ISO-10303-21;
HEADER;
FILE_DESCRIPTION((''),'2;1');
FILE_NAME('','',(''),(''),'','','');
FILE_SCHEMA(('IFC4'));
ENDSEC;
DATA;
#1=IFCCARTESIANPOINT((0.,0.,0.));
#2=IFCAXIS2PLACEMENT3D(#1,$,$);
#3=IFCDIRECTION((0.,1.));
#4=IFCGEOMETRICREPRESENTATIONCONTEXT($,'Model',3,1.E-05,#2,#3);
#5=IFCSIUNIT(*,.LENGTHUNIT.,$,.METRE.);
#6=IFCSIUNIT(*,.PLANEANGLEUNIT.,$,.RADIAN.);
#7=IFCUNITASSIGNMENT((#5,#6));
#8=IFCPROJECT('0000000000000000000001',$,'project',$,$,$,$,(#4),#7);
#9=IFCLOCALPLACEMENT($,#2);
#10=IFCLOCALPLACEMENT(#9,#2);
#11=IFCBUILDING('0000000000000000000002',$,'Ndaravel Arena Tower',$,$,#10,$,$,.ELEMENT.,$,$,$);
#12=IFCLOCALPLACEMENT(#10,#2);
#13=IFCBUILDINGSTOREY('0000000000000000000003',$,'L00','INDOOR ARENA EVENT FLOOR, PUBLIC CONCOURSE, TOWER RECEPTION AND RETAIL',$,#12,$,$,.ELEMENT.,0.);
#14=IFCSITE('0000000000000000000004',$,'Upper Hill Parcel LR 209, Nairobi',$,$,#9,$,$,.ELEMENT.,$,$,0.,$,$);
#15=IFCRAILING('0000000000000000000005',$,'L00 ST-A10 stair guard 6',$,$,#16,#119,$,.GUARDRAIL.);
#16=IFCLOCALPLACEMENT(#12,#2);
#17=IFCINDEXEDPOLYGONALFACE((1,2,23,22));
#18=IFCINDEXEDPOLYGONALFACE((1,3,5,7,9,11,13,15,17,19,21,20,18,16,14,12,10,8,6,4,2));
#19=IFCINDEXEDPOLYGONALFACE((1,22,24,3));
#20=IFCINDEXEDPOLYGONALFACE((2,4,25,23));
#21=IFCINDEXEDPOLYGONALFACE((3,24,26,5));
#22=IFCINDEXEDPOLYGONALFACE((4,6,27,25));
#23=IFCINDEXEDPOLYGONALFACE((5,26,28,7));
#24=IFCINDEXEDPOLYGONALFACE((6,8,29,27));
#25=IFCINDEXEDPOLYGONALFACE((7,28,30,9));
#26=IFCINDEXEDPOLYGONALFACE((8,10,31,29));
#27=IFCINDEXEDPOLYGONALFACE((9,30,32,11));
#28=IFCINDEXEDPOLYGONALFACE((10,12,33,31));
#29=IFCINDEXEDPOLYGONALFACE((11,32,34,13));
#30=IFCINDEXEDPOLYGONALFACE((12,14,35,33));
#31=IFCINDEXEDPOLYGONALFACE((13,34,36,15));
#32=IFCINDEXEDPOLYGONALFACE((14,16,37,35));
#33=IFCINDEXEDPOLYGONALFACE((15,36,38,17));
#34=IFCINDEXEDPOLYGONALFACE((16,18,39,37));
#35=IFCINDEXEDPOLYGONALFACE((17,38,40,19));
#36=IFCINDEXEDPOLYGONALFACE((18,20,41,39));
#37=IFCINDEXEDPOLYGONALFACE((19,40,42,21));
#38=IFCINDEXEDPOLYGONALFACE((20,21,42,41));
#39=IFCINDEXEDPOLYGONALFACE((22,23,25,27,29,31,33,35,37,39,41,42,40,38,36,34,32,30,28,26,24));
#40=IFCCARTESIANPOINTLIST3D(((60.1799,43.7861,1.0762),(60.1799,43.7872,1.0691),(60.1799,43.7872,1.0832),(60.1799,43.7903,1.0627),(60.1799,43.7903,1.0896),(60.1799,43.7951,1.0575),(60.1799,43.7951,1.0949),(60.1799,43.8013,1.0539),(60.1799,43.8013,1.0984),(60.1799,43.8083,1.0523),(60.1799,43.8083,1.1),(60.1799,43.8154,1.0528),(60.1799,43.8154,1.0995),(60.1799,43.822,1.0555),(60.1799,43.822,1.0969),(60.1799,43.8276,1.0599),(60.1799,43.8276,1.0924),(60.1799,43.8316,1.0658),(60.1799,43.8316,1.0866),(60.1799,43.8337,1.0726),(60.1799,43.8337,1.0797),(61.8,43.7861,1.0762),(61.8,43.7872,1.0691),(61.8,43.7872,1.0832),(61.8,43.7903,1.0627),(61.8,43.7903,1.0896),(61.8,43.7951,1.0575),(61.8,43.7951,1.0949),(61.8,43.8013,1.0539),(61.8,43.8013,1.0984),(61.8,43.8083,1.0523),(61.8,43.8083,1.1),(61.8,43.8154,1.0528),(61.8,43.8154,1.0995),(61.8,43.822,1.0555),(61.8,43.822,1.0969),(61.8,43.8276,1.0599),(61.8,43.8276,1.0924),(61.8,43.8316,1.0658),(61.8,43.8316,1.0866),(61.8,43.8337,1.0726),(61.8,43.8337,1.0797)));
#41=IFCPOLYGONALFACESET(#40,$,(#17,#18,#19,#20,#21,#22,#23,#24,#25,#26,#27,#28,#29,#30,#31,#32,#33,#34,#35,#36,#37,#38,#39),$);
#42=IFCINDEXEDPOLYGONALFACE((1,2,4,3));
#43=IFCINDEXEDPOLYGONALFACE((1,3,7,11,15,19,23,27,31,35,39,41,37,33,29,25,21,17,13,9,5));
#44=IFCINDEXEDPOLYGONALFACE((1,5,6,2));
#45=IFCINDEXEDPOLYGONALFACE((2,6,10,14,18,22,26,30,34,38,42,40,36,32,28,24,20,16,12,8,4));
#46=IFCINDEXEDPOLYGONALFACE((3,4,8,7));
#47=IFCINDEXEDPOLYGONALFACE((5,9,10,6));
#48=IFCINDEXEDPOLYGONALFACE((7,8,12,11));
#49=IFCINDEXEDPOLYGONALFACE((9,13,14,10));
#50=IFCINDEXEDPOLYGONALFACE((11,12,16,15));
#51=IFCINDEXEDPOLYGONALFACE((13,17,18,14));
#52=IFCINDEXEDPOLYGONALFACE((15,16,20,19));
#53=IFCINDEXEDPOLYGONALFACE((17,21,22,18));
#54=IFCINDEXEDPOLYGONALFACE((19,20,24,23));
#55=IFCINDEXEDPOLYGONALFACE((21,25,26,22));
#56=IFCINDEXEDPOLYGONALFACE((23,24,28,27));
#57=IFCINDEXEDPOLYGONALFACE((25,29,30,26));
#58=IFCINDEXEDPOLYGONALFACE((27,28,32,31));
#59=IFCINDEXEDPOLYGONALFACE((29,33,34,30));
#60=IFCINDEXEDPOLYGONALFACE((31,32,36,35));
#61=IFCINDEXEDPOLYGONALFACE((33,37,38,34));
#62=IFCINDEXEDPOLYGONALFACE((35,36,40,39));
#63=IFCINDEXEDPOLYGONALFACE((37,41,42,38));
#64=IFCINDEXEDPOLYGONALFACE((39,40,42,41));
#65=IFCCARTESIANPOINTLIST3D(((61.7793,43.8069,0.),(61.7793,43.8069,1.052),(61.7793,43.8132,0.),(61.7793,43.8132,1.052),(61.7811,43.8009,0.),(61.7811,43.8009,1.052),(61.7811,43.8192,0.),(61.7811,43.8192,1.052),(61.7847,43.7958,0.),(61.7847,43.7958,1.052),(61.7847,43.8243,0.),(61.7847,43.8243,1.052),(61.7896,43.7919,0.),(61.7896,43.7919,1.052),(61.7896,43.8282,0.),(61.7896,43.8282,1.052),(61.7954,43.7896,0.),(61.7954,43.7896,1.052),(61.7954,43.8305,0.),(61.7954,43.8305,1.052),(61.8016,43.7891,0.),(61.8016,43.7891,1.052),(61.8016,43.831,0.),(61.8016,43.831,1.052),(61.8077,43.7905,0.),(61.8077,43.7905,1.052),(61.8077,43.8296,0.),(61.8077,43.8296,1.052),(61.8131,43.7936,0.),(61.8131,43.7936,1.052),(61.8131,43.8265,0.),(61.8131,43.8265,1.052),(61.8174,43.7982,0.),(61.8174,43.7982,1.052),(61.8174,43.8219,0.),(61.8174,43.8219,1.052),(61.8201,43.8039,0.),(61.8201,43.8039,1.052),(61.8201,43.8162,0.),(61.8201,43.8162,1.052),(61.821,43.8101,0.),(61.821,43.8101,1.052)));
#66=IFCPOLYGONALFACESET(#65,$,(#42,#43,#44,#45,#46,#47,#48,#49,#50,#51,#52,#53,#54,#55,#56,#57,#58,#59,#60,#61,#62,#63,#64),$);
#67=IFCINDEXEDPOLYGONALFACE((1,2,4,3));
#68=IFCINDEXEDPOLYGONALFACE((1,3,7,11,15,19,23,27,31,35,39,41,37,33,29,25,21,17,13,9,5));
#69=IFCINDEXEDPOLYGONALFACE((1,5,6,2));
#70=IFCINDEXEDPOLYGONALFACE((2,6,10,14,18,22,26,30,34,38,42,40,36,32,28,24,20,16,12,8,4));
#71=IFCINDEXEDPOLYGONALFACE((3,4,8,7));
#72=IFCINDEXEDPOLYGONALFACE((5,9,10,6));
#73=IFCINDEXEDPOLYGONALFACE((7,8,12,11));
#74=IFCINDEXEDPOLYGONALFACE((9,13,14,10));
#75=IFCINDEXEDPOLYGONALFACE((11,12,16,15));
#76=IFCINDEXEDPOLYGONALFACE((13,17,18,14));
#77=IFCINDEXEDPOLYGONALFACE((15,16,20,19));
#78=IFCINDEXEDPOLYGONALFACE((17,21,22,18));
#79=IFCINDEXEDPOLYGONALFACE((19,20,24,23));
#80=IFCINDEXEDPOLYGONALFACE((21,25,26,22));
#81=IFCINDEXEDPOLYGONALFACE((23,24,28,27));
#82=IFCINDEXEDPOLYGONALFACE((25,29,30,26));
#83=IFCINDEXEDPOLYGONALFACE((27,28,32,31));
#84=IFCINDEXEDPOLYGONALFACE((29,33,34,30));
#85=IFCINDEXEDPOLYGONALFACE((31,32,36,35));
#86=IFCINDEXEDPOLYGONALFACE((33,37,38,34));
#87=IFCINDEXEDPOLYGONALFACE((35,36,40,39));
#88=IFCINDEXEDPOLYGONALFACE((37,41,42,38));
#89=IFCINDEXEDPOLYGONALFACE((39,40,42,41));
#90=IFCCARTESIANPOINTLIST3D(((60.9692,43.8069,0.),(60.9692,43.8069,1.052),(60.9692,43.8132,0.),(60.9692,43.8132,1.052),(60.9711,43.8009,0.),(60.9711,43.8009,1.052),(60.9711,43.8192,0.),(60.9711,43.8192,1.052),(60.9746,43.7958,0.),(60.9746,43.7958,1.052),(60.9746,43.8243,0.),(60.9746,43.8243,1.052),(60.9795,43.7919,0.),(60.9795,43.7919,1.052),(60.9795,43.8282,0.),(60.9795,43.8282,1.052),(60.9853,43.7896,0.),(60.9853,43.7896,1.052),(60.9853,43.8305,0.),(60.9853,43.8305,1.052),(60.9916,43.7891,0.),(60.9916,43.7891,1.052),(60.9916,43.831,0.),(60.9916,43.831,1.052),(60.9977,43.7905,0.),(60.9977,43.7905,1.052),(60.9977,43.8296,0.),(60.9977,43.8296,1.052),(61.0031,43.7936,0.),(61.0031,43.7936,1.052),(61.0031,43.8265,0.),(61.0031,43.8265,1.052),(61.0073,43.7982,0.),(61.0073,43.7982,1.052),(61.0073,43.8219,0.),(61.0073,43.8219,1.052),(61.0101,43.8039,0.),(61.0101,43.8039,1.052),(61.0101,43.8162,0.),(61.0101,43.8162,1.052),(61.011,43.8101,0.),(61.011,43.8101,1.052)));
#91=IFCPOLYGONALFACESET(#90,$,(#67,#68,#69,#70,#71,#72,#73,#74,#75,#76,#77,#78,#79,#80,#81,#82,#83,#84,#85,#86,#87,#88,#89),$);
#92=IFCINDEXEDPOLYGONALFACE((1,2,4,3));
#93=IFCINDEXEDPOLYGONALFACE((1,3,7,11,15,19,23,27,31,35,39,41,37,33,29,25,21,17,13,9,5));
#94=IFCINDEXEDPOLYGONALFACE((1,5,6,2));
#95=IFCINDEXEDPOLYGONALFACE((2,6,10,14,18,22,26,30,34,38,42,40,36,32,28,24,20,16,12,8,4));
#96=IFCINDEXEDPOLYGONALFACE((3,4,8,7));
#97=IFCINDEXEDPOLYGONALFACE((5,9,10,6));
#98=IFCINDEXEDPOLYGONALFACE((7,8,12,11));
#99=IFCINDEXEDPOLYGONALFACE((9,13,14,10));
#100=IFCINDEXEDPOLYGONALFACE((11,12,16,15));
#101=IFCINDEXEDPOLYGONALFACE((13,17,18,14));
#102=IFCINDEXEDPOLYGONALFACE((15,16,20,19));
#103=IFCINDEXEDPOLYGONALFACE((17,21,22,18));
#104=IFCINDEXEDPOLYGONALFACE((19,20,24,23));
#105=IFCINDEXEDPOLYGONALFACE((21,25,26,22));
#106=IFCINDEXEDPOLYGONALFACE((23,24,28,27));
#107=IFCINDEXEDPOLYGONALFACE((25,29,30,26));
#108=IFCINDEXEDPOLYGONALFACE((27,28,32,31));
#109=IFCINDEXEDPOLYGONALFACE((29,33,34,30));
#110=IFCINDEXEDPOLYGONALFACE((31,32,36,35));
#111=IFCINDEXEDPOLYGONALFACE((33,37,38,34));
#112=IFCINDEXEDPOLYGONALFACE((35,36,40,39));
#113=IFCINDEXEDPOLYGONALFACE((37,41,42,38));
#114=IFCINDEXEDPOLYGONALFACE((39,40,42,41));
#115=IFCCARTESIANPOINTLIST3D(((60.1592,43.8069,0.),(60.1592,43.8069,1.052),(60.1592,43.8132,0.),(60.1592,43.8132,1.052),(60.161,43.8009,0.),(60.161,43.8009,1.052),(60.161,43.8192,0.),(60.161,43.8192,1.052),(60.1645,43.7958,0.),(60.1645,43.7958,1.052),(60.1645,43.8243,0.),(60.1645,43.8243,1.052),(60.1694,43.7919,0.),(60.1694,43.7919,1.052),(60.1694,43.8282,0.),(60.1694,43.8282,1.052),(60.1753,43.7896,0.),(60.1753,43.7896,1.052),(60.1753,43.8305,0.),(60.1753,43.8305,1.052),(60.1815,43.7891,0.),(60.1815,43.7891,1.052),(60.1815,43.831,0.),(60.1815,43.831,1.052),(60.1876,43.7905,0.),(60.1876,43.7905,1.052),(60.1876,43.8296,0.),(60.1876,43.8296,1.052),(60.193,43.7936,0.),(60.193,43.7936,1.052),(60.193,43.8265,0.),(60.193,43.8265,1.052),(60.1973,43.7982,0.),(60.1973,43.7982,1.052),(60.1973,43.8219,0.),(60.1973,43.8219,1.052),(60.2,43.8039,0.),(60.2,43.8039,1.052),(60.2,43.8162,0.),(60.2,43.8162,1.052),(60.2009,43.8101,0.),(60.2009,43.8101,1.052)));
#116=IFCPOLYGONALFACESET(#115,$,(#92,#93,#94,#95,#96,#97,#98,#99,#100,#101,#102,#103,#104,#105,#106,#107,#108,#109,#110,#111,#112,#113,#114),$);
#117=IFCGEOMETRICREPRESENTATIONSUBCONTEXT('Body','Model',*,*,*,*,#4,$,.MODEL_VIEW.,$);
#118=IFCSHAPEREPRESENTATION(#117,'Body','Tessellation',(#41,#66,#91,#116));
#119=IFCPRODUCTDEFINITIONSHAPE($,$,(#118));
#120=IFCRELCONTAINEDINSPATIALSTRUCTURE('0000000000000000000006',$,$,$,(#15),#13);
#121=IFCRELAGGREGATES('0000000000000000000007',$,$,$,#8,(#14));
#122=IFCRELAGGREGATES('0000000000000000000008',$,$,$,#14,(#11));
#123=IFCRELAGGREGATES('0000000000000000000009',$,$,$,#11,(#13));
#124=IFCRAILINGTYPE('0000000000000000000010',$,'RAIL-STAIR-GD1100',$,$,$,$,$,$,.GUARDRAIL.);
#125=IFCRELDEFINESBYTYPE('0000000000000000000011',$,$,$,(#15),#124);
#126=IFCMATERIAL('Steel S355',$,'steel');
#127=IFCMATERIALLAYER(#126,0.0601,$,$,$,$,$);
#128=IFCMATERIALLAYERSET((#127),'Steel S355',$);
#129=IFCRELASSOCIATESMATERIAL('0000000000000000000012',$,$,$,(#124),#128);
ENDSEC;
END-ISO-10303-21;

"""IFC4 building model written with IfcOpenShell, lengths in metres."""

from ifc_helpers import new_model, si_unit, direction, frame, origin, origin_2d, place, context, subcontext, project, spatial, circle, extrude, material, layer, layer_set, type_object, element, save


model = new_model("IFC4")

# Units and contexts
model_context = context("Model", 3, precision=1e-05, world=origin(), true_north=direction((0.0, 1.0)))
body_context = subcontext(model_context, "Body", "Model", "MODEL_VIEW")
ifc_project = project(units=[si_unit("LENGTHUNIT", "METRE"), si_unit("PLANEANGLEUNIT", "RADIAN")], contexts=[model_context])

# Site, building, storey
site_placement = place(None, origin())
site = spatial("IfcSite", under=ifc_project, at=site_placement, Name="Upper Hill Parcel LR 209, Nairobi", CompositionType="ELEMENT", RefElevation=0.0)
building_placement = place(site_placement, origin())
building = spatial("IfcBuilding", under=site, at=building_placement, Name="Ndaravel Arena Tower", CompositionType="ELEMENT")
storey_placement = place(building_placement, origin())
storey = spatial("IfcBuildingStorey", under=building, at=storey_placement, Name="L00", Description="INDOOR ARENA EVENT FLOOR, PUBLIC CONCOURSE, TOWER RECEPTION AND RETAIL", CompositionType="ELEMENT", Elevation=0.0)

# Railing
ifc_material_1 = material(Name="Steel S355", Category="steel")
ifc_layer_1 = layer(ifc_material_1, 0.0601)
ifc_layer_set_1 = layer_set([ifc_layer_1], Name="Steel S355")
railing_type_1 = type_object("IfcRailingType", Name="RAIL-STAIR-GD1100", PredefinedType="GUARDRAIL", material=ifc_layer_set_1)
for number, where, name in (
    (1, (61.8, 43.8101, 0.0), "L00 ST-A10 stair guard 6"),
):
    element("IfcRailing", number, at=place(storey_placement, frame(where)), inside=storey, type_object=railing_type_1, Name=name, PredefinedType="GUARDRAIL", context=body_context, shape_type="SweptSolid", body=[
        extrude(circle(Radius=0.0239, at=origin_2d()), frame((0.0, 0.0, 1.0762), z_axis=(-1.0, 0.0, 0.0), x_axis=(0.0, -1.0, 0.0)), (0.0, 0.0, 1.0), 1.6201),
        extrude(circle(Radius=0.021, at=origin_2d()), origin(), (0.0, 0.0, 1.0), 1.052),
        extrude(circle(Radius=0.021, at=origin_2d()), frame((-0.8101, 0.0, 0.0)), (0.0, 0.0, 1.0), 1.052),
        extrude(circle(Radius=0.021, at=origin_2d()), frame((-1.6201, 0.0, 0.0)), (0.0, 0.0, 1.0), 1.052),
    ])

save(model, "model.ifc")
